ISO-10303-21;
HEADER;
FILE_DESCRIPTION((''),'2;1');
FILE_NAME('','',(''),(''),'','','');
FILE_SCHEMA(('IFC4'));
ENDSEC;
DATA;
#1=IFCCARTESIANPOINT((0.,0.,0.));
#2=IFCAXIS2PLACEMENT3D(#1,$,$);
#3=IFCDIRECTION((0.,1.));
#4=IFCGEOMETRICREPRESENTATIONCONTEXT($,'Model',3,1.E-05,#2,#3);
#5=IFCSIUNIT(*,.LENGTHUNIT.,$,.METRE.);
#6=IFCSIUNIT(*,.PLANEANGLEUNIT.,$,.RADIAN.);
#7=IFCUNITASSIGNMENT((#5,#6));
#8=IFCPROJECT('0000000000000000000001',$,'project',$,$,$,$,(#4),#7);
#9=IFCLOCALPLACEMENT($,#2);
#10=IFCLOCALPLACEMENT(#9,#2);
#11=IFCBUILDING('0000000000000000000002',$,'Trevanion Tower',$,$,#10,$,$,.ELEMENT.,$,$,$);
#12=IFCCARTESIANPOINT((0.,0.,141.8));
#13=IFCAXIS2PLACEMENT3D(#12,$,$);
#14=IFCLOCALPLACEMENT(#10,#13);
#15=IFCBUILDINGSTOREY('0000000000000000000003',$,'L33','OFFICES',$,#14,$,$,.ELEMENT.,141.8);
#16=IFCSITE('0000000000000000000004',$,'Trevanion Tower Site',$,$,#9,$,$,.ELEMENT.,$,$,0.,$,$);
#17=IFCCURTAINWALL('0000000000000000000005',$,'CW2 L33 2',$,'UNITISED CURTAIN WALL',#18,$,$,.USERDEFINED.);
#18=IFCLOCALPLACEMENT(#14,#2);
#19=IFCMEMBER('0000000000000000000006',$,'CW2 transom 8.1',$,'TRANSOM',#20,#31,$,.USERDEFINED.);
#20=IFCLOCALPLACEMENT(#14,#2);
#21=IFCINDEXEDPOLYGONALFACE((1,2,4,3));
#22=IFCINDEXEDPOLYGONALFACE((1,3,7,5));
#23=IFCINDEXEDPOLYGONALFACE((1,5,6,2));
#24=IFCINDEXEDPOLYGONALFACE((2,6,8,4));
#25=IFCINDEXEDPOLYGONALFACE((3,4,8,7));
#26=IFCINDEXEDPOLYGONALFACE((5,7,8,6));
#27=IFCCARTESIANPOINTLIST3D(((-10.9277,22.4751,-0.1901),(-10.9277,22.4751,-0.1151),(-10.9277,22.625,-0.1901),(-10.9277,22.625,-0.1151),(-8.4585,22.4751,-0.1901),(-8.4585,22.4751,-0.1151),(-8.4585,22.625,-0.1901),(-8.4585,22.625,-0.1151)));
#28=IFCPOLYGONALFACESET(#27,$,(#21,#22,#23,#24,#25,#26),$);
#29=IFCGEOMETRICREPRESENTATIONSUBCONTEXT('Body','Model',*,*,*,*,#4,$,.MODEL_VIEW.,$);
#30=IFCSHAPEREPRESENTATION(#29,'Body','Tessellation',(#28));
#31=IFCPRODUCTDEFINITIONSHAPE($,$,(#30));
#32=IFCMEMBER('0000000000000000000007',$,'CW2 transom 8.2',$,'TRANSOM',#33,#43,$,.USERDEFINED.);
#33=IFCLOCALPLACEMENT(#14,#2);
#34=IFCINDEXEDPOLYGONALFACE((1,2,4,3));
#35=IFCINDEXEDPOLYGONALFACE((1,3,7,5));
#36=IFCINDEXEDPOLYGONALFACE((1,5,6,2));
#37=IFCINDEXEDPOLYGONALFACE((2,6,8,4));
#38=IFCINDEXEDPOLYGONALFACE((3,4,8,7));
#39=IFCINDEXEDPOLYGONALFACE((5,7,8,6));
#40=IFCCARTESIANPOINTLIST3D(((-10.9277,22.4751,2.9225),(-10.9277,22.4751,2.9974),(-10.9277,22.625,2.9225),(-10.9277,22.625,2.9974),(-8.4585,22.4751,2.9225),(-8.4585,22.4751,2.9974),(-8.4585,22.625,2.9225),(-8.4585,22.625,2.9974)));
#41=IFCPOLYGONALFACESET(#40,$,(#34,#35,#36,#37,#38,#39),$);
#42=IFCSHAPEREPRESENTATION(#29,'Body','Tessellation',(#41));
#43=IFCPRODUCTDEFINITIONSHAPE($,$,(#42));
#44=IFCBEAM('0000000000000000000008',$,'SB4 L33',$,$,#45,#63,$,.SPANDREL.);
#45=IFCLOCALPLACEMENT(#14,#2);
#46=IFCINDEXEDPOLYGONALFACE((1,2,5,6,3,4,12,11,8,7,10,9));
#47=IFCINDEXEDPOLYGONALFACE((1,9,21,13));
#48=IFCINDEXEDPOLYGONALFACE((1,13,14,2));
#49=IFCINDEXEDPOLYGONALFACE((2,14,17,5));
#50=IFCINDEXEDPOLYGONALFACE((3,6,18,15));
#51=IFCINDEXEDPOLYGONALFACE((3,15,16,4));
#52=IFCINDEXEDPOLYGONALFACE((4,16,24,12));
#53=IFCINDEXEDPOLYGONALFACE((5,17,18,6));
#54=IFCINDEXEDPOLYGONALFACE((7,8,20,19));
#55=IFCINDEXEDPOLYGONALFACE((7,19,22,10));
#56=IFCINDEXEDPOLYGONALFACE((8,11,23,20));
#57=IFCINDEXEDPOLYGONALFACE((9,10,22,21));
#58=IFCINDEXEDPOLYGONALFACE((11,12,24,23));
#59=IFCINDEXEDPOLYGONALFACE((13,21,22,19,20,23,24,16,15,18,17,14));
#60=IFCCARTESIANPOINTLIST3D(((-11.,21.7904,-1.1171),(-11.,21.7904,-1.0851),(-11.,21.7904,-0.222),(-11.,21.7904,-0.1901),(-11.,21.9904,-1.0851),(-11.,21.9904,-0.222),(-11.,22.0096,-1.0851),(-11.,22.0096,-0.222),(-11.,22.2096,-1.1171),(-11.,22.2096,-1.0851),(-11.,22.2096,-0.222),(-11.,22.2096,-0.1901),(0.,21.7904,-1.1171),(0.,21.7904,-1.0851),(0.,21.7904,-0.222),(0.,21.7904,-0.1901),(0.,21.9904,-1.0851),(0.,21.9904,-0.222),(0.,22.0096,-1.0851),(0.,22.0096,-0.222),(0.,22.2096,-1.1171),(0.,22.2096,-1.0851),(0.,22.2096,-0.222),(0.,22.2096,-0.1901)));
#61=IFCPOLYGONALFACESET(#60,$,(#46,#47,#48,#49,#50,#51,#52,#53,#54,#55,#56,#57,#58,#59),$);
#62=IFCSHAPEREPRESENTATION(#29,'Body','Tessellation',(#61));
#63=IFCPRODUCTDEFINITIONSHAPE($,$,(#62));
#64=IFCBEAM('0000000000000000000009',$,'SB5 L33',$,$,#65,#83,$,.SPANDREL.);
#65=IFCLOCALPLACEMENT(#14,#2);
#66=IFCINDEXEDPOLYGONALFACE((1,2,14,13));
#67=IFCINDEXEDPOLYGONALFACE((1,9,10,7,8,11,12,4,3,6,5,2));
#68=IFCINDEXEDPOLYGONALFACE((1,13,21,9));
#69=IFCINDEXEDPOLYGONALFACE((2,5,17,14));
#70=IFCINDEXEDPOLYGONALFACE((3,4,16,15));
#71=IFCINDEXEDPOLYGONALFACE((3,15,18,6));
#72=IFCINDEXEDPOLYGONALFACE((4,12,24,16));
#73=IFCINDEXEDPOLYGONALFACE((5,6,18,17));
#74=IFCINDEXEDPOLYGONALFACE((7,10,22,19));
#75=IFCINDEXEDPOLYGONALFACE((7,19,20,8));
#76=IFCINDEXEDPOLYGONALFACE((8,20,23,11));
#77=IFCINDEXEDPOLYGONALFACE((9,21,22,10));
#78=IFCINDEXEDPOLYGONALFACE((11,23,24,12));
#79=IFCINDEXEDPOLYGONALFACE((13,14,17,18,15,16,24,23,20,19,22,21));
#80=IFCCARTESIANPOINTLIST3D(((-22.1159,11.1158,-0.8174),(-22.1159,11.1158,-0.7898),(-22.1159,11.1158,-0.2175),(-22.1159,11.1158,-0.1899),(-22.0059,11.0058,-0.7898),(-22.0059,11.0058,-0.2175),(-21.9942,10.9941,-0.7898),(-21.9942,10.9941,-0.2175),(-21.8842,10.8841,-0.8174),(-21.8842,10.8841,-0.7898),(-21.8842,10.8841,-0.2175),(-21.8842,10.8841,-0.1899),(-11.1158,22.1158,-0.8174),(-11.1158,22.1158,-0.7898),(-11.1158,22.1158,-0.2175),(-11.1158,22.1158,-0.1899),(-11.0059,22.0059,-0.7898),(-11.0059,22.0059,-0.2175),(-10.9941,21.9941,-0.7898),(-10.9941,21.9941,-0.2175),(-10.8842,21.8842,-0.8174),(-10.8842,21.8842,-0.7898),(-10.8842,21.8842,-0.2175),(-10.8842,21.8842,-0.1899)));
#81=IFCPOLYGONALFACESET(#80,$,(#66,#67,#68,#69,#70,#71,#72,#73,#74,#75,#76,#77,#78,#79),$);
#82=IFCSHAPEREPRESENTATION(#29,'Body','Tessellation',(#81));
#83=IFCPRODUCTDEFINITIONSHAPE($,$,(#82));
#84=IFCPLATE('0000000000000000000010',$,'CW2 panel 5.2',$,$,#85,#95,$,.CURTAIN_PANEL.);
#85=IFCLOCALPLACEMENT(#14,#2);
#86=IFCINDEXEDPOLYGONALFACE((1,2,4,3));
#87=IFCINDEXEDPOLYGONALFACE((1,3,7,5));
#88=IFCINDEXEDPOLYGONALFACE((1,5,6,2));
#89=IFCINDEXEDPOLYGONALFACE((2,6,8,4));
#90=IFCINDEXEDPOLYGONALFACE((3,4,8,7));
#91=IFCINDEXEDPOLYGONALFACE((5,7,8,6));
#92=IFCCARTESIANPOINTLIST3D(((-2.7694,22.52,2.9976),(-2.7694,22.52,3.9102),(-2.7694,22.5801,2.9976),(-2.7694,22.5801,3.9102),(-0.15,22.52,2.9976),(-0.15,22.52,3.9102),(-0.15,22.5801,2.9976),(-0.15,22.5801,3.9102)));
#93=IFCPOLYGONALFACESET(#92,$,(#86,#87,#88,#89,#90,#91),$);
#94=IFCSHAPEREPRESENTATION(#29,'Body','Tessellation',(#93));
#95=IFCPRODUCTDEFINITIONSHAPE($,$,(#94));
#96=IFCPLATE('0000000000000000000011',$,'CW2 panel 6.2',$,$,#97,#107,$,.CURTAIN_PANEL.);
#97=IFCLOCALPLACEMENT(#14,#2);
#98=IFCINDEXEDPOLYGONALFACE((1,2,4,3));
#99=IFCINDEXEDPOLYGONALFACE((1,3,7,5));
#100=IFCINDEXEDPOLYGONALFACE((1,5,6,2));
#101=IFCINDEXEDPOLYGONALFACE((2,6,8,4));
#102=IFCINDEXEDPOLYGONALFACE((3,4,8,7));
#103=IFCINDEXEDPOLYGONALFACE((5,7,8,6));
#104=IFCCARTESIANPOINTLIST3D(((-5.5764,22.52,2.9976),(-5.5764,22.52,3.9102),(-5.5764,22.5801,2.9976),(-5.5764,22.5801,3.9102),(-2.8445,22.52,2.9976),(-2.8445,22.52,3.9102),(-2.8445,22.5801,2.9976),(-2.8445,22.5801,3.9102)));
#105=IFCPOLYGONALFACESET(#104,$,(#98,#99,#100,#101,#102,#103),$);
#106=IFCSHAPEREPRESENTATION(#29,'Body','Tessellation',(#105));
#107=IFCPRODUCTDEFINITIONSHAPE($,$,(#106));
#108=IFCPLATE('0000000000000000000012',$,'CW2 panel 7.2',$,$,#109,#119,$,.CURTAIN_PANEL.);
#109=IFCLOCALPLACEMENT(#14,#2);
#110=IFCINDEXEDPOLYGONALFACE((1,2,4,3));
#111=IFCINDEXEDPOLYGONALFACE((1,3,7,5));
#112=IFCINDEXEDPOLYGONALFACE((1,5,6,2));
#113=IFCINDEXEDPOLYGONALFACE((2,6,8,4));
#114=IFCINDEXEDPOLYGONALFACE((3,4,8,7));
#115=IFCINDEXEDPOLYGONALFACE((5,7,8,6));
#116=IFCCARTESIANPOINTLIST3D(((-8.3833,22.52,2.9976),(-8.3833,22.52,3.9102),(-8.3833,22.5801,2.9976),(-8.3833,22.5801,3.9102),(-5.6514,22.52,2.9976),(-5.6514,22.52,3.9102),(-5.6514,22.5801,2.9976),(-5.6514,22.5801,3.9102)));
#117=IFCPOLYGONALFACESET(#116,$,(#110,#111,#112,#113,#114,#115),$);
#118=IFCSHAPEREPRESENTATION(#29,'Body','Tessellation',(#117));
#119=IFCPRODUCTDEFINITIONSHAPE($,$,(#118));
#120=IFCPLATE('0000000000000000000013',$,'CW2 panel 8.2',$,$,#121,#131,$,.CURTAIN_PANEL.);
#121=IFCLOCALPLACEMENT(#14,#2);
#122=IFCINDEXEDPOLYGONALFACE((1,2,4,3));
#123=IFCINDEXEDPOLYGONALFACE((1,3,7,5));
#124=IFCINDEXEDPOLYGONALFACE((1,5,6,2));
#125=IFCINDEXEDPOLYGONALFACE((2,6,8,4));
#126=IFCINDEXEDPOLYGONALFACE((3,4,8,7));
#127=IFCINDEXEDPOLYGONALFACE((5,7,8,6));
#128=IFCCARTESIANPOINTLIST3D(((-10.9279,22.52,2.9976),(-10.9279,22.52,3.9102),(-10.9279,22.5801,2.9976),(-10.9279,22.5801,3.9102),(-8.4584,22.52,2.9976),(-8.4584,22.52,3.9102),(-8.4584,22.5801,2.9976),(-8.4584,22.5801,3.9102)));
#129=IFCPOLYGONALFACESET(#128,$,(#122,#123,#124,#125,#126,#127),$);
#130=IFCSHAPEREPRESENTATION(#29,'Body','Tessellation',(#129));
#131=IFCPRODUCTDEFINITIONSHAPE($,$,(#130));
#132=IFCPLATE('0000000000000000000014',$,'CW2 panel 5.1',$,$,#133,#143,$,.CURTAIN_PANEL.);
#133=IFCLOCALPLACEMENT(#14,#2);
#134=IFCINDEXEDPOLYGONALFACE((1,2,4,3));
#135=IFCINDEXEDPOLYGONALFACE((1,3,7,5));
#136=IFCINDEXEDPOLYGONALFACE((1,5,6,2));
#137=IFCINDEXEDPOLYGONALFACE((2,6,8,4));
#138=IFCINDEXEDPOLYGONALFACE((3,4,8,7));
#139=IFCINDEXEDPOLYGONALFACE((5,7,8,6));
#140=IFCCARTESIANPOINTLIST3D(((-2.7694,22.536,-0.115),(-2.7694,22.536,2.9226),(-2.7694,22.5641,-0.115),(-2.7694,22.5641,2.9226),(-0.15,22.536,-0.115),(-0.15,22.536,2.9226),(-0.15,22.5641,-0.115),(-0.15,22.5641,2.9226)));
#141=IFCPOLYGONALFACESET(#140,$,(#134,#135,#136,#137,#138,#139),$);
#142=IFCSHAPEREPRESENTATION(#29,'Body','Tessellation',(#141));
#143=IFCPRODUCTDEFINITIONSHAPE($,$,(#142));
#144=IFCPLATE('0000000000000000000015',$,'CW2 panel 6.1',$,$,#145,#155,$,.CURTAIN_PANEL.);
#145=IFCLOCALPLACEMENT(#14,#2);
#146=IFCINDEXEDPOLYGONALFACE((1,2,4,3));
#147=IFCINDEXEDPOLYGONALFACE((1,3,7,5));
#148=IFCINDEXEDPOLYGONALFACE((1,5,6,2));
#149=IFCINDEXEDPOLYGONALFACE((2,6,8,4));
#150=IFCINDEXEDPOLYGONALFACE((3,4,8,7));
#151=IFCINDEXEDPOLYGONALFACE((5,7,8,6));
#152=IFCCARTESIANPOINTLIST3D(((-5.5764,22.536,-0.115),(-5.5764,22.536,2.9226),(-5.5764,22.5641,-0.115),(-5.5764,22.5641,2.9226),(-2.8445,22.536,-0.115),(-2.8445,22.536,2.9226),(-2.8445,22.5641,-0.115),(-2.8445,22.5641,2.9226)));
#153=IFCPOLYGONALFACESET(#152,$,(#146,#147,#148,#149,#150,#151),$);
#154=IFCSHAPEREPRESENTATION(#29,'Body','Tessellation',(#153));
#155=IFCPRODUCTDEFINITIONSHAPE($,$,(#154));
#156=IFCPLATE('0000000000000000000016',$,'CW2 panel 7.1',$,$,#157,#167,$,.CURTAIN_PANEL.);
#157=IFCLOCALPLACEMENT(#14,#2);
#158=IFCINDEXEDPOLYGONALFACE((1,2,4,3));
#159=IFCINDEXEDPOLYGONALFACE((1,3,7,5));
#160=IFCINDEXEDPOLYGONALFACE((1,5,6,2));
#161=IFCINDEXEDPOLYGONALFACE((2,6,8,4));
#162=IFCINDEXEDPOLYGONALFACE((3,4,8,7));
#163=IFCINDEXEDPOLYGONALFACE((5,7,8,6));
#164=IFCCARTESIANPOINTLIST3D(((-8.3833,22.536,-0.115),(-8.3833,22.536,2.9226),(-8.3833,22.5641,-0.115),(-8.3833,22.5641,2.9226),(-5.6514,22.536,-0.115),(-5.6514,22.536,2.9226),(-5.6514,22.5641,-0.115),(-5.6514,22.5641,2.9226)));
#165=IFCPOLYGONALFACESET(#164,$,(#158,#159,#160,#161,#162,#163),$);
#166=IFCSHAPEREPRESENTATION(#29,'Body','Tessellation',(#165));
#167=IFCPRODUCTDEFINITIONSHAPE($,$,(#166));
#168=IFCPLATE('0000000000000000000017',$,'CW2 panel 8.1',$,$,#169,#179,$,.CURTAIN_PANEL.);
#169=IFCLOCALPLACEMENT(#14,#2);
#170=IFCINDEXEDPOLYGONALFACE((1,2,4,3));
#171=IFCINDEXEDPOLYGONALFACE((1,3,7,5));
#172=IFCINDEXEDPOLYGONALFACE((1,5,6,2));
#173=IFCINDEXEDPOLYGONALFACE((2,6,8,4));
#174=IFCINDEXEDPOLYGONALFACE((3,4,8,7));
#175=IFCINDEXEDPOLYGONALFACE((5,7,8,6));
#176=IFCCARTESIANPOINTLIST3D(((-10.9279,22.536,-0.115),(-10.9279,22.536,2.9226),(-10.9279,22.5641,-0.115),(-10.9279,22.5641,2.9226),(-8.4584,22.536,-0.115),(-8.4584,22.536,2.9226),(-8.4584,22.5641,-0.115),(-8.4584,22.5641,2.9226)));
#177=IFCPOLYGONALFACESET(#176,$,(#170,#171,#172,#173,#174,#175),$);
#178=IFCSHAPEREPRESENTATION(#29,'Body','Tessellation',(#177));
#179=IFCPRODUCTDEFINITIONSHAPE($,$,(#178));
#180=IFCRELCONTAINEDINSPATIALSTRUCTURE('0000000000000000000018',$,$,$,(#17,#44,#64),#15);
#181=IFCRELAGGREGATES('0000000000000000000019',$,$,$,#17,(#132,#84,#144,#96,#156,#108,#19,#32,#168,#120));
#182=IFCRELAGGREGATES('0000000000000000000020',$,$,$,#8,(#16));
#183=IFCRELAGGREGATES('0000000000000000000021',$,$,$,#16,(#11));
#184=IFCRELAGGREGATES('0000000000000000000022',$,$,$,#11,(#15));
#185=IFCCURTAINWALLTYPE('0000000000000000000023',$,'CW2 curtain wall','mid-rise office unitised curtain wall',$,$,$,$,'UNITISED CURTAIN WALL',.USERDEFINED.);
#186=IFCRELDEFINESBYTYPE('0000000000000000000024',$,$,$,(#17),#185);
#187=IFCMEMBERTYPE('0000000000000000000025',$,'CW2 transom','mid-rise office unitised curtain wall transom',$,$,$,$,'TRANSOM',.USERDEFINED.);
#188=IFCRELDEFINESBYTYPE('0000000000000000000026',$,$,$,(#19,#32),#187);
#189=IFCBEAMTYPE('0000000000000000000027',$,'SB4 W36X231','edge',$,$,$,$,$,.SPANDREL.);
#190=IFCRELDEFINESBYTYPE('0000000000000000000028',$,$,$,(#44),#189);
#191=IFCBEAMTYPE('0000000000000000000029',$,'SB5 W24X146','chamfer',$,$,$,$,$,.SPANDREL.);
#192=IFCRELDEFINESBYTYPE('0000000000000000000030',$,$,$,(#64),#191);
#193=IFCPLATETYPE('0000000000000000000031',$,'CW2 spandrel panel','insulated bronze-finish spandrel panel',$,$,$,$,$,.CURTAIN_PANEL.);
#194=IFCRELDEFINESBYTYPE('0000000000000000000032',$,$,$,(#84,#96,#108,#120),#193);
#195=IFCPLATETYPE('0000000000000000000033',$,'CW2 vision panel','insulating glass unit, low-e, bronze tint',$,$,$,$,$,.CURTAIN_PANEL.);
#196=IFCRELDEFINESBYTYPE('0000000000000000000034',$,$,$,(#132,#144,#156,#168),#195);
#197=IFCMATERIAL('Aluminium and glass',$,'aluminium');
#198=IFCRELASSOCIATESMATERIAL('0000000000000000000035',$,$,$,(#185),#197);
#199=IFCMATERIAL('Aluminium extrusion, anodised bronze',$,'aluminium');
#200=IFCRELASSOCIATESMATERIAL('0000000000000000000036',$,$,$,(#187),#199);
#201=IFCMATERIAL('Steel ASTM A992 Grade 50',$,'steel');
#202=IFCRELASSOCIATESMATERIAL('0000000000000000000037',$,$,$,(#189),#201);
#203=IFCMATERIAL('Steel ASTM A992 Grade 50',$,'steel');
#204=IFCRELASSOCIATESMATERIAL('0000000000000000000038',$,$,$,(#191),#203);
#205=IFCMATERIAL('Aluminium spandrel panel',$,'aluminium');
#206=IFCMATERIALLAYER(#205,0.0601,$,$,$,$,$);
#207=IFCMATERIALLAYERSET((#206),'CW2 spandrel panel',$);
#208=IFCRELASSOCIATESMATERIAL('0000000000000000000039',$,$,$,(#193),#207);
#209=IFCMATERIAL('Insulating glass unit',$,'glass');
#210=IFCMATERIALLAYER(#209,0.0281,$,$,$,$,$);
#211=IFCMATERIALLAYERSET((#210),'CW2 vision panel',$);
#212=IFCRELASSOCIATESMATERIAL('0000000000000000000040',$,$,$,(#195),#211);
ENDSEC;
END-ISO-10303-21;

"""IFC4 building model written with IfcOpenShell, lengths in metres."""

from ifc_helpers import new_model, si_unit, direction, frame, origin, origin_2d, place, context, subcontext, project, spatial, rectangle, i_section, extrude, material, layer, layer_set, material_profile, profile_set, type_object, element, aggregate, save


model = new_model("IFC4")

# Units and contexts
model_context = context("Model", 3, precision=1e-05, world=origin(), true_north=direction((0.0, 1.0)))
body_context = subcontext(model_context, "Body", "Model", "MODEL_VIEW")
ifc_project = project(units=[si_unit("LENGTHUNIT", "METRE"), si_unit("PLANEANGLEUNIT", "RADIAN")], contexts=[model_context])

# Site, building, storey
site_placement = place(None, origin())
site = spatial("IfcSite", under=ifc_project, at=site_placement, Name="Trevanion Tower Site", CompositionType="ELEMENT", RefElevation=0.0)
building_placement = place(site_placement, origin())
building = spatial("IfcBuilding", under=site, at=building_placement, Name="Trevanion Tower", CompositionType="ELEMENT")
storey_placement = place(building_placement, frame((0.0, 0.0, 141.8)))
storey = spatial("IfcBuildingStorey", under=building, at=storey_placement, Name="L33", Description="OFFICES", CompositionType="ELEMENT", Elevation=141.8)

# Curtain wall
ifc_material_1 = material(Name="Aluminium and glass", Category="aluminium")
curtain_wall_type = type_object("IfcCurtainWallType", Name="CW2 curtain wall", Description="mid-rise office unitised curtain wall", ElementType="UNITISED CURTAIN WALL", PredefinedType="USERDEFINED", material=ifc_material_1)
curtain_wall_1_placement = place(storey_placement, origin())
curtain_wall_1 = element("IfcCurtainWall", 1, at=curtain_wall_1_placement, inside=storey, type_object=curtain_wall_type, Name="CW2 L33 2", ObjectType="UNITISED CURTAIN WALL", PredefinedType="USERDEFINED")

# Members
ifc_material_2 = material(Name="Aluminium extrusion, anodised bronze", Category="aluminium")
ifc_material_profile_1 = material_profile(ifc_material_2, rectangle(XDim=0.1499, YDim=0.075, at=origin_2d()), Name="CW2 transom")
ifc_profile_set_1 = profile_set([ifc_material_profile_1], Name="Aluminium extrusion, anodised bronze")
member_type_1 = type_object("IfcMemberType", Name="CW2 transom", Description="mid-rise office unitised curtain wall transom", ElementType="TRANSOM", PredefinedType="USERDEFINED", material=ifc_profile_set_1)
member_1_placement = place(storey_placement, frame((-8.4585, 22.55, -0.1526), z_axis=(-1.0, 0.0, 0.0), x_axis=(0.0, -1.0, 0.0)))
member_1 = element("IfcMember", 2, at=member_1_placement, type_object=member_type_1, Name="CW2 transom 8.1", ObjectType="TRANSOM", PredefinedType="USERDEFINED", context=body_context, shape_type="SweptSolid", body=[
    extrude(rectangle(XDim=0.1499, YDim=0.075, at=origin_2d()), origin(), (0.0, 0.0, 1.0), 2.4692),
])
member_2_placement = place(storey_placement, frame((-8.4585, 22.55, 2.96), z_axis=(-1.0, 0.0, 0.0), x_axis=(0.0, -1.0, 0.0)))
member_2 = element("IfcMember", 3, at=member_2_placement, type_object=member_type_1, Name="CW2 transom 8.2", ObjectType="TRANSOM", PredefinedType="USERDEFINED", context=body_context, shape_type="SweptSolid", body=[
    extrude(rectangle(XDim=0.1499, YDim=0.075, at=origin_2d()), origin(), (0.0, 0.0, 1.0), 2.4692),
])

# Beams
ifc_material_3 = material(Name="Steel ASTM A992 Grade 50", Category="steel")
ifc_material_profile_2 = material_profile(ifc_material_3, i_section(OverallWidth=0.4192, OverallDepth=0.927, WebThickness=0.0193, FlangeThickness=0.032, at=origin_2d()), Name="W36X231")
ifc_profile_set_2 = profile_set([ifc_material_profile_2], Name="Steel ASTM A992 Grade 50")
beam_type_1 = type_object("IfcBeamType", Name="SB4 W36X231", Description="edge", PredefinedType="SPANDREL", material=ifc_profile_set_2)
beam_1_placement = place(storey_placement, frame((0.0, 22.0, -0.6536), z_axis=(-1.0, 0.0, 0.0), x_axis=(0.0, -1.0, 0.0)))
element("IfcBeam", 4, at=beam_1_placement, inside=storey, type_object=beam_type_1, Name="SB4 L33", PredefinedType="SPANDREL", context=body_context, shape_type="SweptSolid", body=[
    extrude(i_section(OverallWidth=0.4192, OverallDepth=0.927, WebThickness=0.0193, FlangeThickness=0.032, at=origin_2d()), origin(), (0.0, 0.0, 1.0), 11.0),
])
ifc_material_4 = material(Name="Steel ASTM A992 Grade 50", Category="steel")
ifc_material_profile_3 = material_profile(ifc_material_4, i_section(OverallWidth=0.3276, OverallDepth=0.6274, WebThickness=0.0166, FlangeThickness=0.0276, at=origin_2d()), Name="W24X146")
ifc_profile_set_3 = profile_set([ifc_material_profile_3], Name="Steel ASTM A992 Grade 50")
beam_type_2 = type_object("IfcBeamType", Name="SB5 W24X146", Description="chamfer", PredefinedType="SPANDREL", material=ifc_profile_set_3)
beam_2_placement = place(storey_placement, frame((-11.0, 22.0, -0.5037), z_axis=(-0.707107, -0.707107, 0.0), x_axis=(0.707107, -0.707107, 0.0)))
element("IfcBeam", 5, at=beam_2_placement, inside=storey, type_object=beam_type_2, Name="SB5 L33", PredefinedType="SPANDREL", context=body_context, shape_type="SweptSolid", body=[
    extrude(i_section(OverallWidth=0.3276, OverallDepth=0.6274, WebThickness=0.0166, FlangeThickness=0.0276, at=origin_2d()), origin(), (0.0, 0.0, 1.0), 15.5564),
])

# Plates
ifc_material_5 = material(Name="Aluminium spandrel panel", Category="aluminium")
ifc_layer_1 = layer(ifc_material_5, 0.0601)
ifc_layer_set_1 = layer_set([ifc_layer_1], Name="CW2 spandrel panel")
plate_type_1 = type_object("IfcPlateType", Name="CW2 spandrel panel", Description="insulated bronze-finish spandrel panel", PredefinedType="CURTAIN_PANEL", material=ifc_layer_set_1)
plate_1_placement = place(storey_placement, frame((-1.4597, 22.55, 2.9976), z_axis=(0.0, 0.0, 1.0), x_axis=(-1.0, 0.0, 0.0)))
plate_1 = element("IfcPlate", 6, at=plate_1_placement, type_object=plate_type_1, Name="CW2 panel 5.2", PredefinedType="CURTAIN_PANEL", context=body_context, shape_type="SweptSolid", body=[
    extrude(rectangle(XDim=2.6194, YDim=0.0601, at=origin_2d()), origin(), (0.0, 0.0, 1.0), 0.9126),
])
plate_2_placement = place(storey_placement, frame((-4.2104, 22.55, 2.9976), z_axis=(0.0, 0.0, 1.0), x_axis=(-1.0, 0.0, 0.0)))
plate_2 = element("IfcPlate", 7, at=plate_2_placement, type_object=plate_type_1, Name="CW2 panel 6.2", PredefinedType="CURTAIN_PANEL", context=body_context, shape_type="SweptSolid", body=[
    extrude(rectangle(XDim=2.7319, YDim=0.0601, at=origin_2d()), origin(), (0.0, 0.0, 1.0), 0.9126),
])
plate_3_placement = place(storey_placement, frame((-7.0173, 22.55, 2.9976), z_axis=(0.0, 0.0, 1.0), x_axis=(-1.0, 0.0, 0.0)))
plate_3 = element("IfcPlate", 8, at=plate_3_placement, type_object=plate_type_1, Name="CW2 panel 7.2", PredefinedType="CURTAIN_PANEL", context=body_context, shape_type="SweptSolid", body=[
    extrude(rectangle(XDim=2.7319, YDim=0.0601, at=origin_2d()), origin(), (0.0, 0.0, 1.0), 0.9126),
])
plate_4_placement = place(storey_placement, frame((-9.6931, 22.55, 2.9976), z_axis=(0.0, 0.0, 1.0), x_axis=(-1.0, 0.0, 0.0)))
plate_4 = element("IfcPlate", 9, at=plate_4_placement, type_object=plate_type_1, Name="CW2 panel 8.2", PredefinedType="CURTAIN_PANEL", context=body_context, shape_type="SweptSolid", body=[
    extrude(rectangle(XDim=2.4695, YDim=0.0601, at=origin_2d()), origin(), (0.0, 0.0, 1.0), 0.9126),
])
ifc_material_6 = material(Name="Insulating glass unit", Category="glass")
ifc_layer_2 = layer(ifc_material_6, 0.0281)
ifc_layer_set_2 = layer_set([ifc_layer_2], Name="CW2 vision panel")
plate_type_2 = type_object("IfcPlateType", Name="CW2 vision panel", Description="insulating glass unit, low-e, bronze tint", PredefinedType="CURTAIN_PANEL", material=ifc_layer_set_2)
plate_5_placement = place(storey_placement, frame((-1.4597, 22.55, -0.115), z_axis=(0.0, 0.0, 1.0), x_axis=(-1.0, 0.0, 0.0)))
plate_5 = element("IfcPlate", 10, at=plate_5_placement, type_object=plate_type_2, Name="CW2 panel 5.1", PredefinedType="CURTAIN_PANEL", context=body_context, shape_type="SweptSolid", body=[
    extrude(rectangle(XDim=2.6194, YDim=0.0281, at=origin_2d()), origin(), (0.0, 0.0, 1.0), 3.0376),
])
plate_6_placement = place(storey_placement, frame((-4.2104, 22.55, -0.115), z_axis=(0.0, 0.0, 1.0), x_axis=(-1.0, 0.0, 0.0)))
plate_6 = element("IfcPlate", 11, at=plate_6_placement, type_object=plate_type_2, Name="CW2 panel 6.1", PredefinedType="CURTAIN_PANEL", context=body_context, shape_type="SweptSolid", body=[
    extrude(rectangle(XDim=2.7319, YDim=0.0281, at=origin_2d()), origin(), (0.0, 0.0, 1.0), 3.0376),
])
plate_7_placement = place(storey_placement, frame((-7.0173, 22.55, -0.115), z_axis=(0.0, 0.0, 1.0), x_axis=(-1.0, 0.0, 0.0)))
plate_7 = element("IfcPlate", 12, at=plate_7_placement, type_object=plate_type_2, Name="CW2 panel 7.1", PredefinedType="CURTAIN_PANEL", context=body_context, shape_type="SweptSolid", body=[
    extrude(rectangle(XDim=2.7319, YDim=0.0281, at=origin_2d()), origin(), (0.0, 0.0, 1.0), 3.0376),
])
plate_8_placement = place(storey_placement, frame((-9.6931, 22.55, -0.115), z_axis=(0.0, 0.0, 1.0), x_axis=(-1.0, 0.0, 0.0)))
plate_8 = element("IfcPlate", 13, at=plate_8_placement, type_object=plate_type_2, Name="CW2 panel 8.1", PredefinedType="CURTAIN_PANEL", context=body_context, shape_type="SweptSolid", body=[
    extrude(rectangle(XDim=2.4695, YDim=0.0281, at=origin_2d()), origin(), (0.0, 0.0, 1.0), 3.0376),
])
aggregate(curtain_wall_1, [plate_5, plate_1, plate_6, plate_2, plate_7, plate_3, member_1, member_2, plate_8, plate_4])

save(model, "model.ifc")
